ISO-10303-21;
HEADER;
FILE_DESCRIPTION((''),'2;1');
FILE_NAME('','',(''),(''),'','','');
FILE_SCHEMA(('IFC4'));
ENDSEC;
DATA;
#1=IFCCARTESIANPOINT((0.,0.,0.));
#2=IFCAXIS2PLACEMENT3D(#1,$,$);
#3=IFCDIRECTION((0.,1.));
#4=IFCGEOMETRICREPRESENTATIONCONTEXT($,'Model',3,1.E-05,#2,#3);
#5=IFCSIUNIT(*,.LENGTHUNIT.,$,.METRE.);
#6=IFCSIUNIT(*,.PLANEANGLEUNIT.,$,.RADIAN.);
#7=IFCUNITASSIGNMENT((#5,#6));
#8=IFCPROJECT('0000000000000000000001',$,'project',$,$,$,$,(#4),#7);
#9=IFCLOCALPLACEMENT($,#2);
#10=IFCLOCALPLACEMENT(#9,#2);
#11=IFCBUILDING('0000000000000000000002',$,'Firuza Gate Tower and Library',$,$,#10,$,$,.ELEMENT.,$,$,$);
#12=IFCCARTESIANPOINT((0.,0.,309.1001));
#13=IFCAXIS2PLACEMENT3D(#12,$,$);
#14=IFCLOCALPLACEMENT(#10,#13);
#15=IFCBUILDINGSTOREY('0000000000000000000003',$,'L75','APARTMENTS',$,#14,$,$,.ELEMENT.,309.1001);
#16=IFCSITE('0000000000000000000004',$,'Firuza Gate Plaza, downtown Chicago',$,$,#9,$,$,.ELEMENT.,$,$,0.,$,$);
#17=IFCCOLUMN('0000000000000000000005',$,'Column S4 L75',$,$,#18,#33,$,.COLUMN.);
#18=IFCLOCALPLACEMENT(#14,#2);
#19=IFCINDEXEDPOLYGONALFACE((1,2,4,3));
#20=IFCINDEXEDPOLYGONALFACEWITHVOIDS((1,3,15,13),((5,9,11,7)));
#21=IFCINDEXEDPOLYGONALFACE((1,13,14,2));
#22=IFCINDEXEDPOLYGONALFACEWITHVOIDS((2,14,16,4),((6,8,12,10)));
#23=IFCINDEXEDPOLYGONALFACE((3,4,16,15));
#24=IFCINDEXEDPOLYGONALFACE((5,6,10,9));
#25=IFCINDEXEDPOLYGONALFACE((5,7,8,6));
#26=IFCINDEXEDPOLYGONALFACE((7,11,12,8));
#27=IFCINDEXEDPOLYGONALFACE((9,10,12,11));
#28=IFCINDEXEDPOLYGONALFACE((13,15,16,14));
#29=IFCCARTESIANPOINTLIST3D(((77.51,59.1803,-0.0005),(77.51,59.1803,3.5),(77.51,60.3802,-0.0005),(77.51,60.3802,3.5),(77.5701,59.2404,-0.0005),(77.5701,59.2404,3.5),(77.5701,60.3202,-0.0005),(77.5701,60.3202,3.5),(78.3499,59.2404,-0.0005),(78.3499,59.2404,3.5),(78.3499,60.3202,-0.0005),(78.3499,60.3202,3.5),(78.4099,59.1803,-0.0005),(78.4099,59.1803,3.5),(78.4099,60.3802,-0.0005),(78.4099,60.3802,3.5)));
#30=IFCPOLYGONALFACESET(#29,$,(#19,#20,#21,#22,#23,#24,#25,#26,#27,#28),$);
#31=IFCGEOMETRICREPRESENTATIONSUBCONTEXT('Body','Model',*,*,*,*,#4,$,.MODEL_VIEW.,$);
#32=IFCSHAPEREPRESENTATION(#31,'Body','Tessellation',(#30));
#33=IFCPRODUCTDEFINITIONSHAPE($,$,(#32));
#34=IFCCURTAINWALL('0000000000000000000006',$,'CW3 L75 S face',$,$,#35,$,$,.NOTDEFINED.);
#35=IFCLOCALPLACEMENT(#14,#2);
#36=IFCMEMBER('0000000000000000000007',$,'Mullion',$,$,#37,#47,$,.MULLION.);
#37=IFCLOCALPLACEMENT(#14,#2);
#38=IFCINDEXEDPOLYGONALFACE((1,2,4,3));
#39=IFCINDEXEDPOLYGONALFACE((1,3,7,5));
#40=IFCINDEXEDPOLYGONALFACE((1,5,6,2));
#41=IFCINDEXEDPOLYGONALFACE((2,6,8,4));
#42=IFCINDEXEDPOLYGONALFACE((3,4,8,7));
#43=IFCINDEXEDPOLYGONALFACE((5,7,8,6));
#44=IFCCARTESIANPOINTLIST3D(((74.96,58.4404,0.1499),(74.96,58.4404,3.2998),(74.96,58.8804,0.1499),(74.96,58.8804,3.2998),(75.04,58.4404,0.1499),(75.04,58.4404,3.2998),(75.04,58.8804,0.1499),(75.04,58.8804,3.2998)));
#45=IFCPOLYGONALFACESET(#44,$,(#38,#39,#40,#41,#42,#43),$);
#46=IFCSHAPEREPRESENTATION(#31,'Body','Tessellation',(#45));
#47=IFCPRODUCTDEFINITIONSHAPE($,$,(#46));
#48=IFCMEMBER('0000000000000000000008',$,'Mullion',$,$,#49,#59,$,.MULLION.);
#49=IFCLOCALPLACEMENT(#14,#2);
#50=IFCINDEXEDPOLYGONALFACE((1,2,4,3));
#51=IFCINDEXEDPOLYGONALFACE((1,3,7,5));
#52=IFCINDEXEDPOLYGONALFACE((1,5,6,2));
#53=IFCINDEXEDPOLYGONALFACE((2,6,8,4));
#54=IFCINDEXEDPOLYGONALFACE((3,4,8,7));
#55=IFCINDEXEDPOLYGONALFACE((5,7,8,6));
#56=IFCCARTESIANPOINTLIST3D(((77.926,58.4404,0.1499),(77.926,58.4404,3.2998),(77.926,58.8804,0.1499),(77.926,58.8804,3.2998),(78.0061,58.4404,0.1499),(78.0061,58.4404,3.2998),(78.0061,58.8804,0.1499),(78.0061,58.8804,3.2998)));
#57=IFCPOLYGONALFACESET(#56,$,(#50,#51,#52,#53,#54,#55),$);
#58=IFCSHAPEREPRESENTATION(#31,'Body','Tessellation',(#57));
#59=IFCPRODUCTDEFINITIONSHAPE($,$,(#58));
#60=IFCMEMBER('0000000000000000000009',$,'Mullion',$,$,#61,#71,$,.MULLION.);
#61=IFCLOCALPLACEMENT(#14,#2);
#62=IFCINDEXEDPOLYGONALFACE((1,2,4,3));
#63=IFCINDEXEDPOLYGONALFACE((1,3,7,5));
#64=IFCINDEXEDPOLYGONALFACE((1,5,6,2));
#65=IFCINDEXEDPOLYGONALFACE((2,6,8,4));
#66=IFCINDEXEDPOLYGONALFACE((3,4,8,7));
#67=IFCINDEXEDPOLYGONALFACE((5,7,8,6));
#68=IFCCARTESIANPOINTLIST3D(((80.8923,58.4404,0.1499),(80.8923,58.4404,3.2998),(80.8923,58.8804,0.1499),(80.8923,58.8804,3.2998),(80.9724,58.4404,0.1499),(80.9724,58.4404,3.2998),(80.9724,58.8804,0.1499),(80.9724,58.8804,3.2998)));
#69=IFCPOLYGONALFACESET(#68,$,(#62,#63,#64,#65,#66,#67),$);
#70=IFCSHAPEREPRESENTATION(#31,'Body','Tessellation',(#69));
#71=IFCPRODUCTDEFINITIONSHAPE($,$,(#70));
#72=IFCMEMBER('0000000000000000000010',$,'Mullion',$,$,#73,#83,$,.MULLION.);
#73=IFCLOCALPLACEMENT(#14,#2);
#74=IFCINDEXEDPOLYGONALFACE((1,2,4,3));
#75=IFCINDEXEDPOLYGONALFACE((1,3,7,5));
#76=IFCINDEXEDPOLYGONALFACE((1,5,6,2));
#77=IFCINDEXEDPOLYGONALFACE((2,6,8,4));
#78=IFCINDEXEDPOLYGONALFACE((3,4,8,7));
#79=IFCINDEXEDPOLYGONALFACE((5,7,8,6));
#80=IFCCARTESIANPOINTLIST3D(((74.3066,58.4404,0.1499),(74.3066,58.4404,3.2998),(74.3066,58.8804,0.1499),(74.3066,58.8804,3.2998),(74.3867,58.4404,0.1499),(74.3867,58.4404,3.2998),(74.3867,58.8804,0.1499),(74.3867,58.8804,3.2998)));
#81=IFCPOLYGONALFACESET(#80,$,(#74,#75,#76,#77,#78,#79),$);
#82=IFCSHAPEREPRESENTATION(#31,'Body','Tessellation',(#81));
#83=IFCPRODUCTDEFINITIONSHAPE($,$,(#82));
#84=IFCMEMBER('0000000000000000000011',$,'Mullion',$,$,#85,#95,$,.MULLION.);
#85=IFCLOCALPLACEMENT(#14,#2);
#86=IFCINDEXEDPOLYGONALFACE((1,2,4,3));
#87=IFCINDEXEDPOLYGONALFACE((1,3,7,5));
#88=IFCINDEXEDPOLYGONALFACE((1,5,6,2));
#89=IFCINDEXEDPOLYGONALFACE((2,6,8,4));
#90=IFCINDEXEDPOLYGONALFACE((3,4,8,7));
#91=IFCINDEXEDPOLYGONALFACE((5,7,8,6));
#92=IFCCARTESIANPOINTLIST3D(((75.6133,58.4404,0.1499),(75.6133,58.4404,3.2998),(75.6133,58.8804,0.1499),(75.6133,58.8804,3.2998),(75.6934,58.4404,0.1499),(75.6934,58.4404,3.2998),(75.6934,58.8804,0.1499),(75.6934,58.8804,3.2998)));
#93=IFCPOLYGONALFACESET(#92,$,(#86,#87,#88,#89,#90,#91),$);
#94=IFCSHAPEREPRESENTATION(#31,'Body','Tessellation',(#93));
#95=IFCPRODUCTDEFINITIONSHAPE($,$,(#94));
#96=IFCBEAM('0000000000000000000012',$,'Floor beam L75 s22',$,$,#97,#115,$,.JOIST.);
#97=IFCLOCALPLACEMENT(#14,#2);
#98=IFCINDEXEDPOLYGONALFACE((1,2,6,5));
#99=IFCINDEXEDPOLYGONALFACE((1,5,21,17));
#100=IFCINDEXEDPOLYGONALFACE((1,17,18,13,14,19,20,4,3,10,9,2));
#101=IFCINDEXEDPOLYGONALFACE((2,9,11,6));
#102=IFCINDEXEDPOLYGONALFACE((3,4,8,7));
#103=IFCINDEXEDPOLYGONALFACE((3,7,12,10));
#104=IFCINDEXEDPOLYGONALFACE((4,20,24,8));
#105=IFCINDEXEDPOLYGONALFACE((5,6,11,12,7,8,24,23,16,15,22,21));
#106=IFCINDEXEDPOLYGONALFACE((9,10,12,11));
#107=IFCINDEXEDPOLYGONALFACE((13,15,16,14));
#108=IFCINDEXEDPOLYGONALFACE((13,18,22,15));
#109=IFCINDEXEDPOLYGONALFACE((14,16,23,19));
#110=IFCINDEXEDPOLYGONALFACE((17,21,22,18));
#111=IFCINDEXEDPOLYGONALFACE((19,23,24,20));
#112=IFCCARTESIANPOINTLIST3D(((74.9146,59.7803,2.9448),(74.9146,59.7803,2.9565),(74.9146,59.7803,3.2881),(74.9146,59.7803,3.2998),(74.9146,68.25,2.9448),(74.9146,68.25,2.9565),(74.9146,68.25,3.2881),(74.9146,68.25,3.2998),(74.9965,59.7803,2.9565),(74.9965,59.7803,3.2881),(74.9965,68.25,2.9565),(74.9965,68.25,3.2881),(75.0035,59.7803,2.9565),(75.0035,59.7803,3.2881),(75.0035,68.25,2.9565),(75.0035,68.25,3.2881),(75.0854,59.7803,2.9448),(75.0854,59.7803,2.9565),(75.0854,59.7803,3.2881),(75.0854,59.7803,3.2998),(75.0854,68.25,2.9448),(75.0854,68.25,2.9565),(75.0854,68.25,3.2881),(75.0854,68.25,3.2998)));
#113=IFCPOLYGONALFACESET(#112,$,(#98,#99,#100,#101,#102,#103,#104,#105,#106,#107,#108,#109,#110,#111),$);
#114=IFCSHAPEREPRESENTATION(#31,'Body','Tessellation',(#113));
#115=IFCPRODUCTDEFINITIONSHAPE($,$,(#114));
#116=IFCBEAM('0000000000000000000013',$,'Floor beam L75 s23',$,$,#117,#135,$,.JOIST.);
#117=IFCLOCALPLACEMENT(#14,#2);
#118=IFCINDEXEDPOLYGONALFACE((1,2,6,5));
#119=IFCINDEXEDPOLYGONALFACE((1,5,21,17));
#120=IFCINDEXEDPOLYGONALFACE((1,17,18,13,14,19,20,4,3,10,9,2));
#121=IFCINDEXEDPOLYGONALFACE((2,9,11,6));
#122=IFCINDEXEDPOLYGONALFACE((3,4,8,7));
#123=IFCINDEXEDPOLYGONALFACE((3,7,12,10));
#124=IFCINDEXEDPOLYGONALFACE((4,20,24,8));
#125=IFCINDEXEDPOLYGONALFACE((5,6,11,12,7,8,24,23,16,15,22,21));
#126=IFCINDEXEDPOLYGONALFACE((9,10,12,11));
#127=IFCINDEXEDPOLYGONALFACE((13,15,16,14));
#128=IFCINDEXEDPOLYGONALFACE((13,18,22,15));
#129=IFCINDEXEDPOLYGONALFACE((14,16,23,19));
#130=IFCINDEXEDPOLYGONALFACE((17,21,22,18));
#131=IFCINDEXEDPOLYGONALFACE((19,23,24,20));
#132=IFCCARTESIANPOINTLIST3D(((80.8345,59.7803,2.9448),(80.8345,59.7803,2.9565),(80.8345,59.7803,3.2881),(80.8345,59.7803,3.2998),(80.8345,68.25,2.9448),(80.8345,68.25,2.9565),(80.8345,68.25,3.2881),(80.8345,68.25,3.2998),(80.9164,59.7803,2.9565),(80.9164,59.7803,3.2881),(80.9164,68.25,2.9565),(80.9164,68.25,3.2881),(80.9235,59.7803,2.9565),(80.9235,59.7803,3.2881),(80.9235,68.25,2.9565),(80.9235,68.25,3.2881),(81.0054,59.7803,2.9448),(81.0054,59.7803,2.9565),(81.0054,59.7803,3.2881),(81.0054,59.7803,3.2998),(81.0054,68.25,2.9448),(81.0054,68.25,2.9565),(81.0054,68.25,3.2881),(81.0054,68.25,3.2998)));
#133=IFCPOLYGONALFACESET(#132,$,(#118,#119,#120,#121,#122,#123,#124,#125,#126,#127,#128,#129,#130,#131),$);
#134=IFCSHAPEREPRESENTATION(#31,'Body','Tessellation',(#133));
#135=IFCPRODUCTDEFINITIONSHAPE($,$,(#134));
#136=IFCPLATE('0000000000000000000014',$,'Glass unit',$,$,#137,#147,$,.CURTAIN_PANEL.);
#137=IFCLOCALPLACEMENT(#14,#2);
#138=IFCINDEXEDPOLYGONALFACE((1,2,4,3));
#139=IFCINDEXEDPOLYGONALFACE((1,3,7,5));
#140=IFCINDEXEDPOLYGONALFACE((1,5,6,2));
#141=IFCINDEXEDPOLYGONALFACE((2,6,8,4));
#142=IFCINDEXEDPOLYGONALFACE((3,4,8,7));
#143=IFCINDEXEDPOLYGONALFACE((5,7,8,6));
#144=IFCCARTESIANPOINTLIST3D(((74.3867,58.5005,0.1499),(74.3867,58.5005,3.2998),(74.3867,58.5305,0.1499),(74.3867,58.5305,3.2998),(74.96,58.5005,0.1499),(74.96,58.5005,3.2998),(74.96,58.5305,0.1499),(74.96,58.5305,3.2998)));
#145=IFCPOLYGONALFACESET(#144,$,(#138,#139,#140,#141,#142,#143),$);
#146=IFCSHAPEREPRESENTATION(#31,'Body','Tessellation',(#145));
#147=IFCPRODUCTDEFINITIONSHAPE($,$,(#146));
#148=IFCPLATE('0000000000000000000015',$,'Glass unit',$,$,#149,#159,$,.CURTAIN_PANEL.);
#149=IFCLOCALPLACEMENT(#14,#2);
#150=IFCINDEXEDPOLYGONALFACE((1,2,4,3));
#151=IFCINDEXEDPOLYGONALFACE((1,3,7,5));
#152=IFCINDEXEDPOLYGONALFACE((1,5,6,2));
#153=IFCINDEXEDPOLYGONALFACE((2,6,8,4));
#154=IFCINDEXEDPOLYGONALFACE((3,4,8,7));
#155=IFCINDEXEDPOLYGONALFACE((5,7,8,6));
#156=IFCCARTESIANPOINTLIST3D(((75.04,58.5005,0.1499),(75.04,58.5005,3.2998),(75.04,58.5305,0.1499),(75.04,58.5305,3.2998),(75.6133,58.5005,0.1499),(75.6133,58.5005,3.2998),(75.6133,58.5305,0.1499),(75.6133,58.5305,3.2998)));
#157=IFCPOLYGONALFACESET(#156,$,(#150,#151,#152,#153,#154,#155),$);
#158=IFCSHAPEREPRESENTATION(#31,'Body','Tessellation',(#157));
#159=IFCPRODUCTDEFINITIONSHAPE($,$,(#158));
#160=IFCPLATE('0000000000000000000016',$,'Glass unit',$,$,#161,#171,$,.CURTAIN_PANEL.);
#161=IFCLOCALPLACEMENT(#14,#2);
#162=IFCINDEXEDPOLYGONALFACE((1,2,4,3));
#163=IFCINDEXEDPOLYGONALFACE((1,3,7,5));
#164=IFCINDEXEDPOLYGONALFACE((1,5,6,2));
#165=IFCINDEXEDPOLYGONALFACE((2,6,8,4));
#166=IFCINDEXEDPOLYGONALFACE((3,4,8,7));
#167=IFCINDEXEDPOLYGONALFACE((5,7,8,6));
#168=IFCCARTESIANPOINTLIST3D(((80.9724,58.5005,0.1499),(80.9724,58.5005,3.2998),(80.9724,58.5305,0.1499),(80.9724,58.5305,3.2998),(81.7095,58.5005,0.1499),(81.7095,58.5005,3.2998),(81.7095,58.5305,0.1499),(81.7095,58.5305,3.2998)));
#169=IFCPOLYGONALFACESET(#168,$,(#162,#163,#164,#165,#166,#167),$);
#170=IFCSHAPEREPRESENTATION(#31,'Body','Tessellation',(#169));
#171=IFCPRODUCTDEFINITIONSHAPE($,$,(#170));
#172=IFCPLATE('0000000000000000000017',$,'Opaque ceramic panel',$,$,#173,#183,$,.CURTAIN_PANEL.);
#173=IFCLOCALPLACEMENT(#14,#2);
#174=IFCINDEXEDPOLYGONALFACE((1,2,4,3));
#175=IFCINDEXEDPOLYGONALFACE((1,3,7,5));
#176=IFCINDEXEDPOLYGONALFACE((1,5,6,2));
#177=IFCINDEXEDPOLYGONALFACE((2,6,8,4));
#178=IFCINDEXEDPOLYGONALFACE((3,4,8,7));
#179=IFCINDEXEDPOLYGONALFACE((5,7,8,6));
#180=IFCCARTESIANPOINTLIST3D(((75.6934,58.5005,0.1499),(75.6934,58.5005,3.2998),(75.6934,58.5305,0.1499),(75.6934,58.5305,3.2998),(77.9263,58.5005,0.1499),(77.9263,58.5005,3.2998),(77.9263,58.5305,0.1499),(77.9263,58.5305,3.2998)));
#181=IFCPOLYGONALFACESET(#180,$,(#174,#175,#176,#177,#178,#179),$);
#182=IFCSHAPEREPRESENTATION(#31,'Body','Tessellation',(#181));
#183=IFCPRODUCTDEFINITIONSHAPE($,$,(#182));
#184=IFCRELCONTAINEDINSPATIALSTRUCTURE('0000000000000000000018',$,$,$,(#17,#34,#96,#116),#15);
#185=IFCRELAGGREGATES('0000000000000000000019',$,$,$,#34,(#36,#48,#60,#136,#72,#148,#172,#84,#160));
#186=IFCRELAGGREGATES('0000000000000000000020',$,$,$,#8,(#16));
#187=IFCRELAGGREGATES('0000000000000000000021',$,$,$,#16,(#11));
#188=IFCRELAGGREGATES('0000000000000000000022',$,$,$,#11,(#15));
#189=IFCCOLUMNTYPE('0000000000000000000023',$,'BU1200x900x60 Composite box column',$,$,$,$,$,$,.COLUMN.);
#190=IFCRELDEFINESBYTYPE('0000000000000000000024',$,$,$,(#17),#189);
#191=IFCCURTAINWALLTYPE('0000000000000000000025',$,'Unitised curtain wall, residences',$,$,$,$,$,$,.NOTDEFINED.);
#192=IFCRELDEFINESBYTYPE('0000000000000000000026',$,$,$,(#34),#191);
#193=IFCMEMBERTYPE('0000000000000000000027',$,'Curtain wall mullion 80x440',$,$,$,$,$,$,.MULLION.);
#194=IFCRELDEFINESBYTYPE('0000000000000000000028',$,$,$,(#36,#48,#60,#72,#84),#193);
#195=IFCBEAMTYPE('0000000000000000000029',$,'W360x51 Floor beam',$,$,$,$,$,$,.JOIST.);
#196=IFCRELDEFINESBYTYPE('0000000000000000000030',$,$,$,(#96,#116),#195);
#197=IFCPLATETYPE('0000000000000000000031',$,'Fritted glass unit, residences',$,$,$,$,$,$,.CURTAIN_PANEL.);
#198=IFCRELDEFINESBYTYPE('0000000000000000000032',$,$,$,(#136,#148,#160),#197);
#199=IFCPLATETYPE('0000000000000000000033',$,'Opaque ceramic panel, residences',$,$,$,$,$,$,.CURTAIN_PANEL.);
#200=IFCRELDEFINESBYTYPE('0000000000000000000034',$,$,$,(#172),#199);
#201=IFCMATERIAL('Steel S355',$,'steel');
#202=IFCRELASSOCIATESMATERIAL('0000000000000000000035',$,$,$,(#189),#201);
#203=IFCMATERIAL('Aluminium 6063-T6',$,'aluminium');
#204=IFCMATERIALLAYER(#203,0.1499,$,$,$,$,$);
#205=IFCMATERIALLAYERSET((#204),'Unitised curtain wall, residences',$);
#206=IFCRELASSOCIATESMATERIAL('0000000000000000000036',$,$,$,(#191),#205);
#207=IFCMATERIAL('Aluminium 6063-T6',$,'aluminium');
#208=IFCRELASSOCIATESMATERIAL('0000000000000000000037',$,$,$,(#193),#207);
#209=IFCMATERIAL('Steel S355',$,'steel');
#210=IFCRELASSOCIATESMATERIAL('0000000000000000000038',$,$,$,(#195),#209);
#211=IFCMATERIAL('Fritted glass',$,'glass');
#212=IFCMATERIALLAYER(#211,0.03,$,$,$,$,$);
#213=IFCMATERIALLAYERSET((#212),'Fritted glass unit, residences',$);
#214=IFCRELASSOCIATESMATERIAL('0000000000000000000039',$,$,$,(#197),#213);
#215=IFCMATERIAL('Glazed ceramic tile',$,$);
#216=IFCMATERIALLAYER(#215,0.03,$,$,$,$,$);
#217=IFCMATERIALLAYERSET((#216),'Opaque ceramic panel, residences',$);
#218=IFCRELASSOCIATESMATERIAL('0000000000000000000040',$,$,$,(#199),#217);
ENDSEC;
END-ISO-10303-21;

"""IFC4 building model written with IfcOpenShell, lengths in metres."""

from ifc_helpers import new_model, si_unit, direction, frame, origin, origin_2d, place, context, subcontext, project, spatial, polyline, rectangle, hollow_rectangle, i_section, outline, extrude, material, layer, layer_set, material_profile, profile_set, type_object, element, aggregate, save


model = new_model("IFC4")

# Units and contexts
model_context = context("Model", 3, precision=1e-05, world=origin(), true_north=direction((0.0, 1.0)))
body_context = subcontext(model_context, "Body", "Model", "MODEL_VIEW")
ifc_project = project(units=[si_unit("LENGTHUNIT", "METRE"), si_unit("PLANEANGLEUNIT", "RADIAN")], contexts=[model_context])

# Site, building, storey
site_placement = place(None, origin())
site = spatial("IfcSite", under=ifc_project, at=site_placement, Name="Firuza Gate Plaza, downtown Chicago", CompositionType="ELEMENT", RefElevation=0.0)
building_placement = place(site_placement, origin())
building = spatial("IfcBuilding", under=site, at=building_placement, Name="Firuza Gate Tower and Library", CompositionType="ELEMENT")
storey_placement = place(building_placement, frame((0.0, 0.0, 309.1001)))
storey = spatial("IfcBuildingStorey", under=building, at=storey_placement, Name="L75", Description="APARTMENTS", CompositionType="ELEMENT", Elevation=309.1001)

# Column
ifc_material_1 = material(Name="Steel S355", Category="steel")
ifc_material_profile_1 = material_profile(ifc_material_1, hollow_rectangle(XDim=0.8999, YDim=1.2, WallThickness=0.0601, at=origin_2d()))
ifc_profile_set_1 = profile_set([ifc_material_profile_1], Name="Steel S355")
column_type = type_object("IfcColumnType", Name="BU1200x900x60 Composite box column", PredefinedType="COLUMN", material=ifc_profile_set_1)
column_placement = place(storey_placement, frame((77.96, 59.7803, -0.0005), z_axis=(0.0, 0.0, 1.0), x_axis=(1.0, 0.0, 0.0)))
element("IfcColumn", 1, at=column_placement, inside=storey, type_object=column_type, Name="Column S4 L75", PredefinedType="COLUMN", context=body_context, shape_type="SweptSolid", body=[
    extrude(hollow_rectangle(XDim=0.8999, YDim=1.2, WallThickness=0.0601, at=origin_2d()), origin(), (0.0, 0.0, 1.0), 3.5005),
])

# Curtain wall, members
ifc_material_2 = material(Name="Aluminium 6063-T6", Category="aluminium")
ifc_layer_1 = layer(ifc_material_2, 0.1499)
ifc_layer_set_1 = layer_set([ifc_layer_1], Name="Unitised curtain wall, residences")
curtain_wall_type = type_object("IfcCurtainWallType", Name="Unitised curtain wall, residences", PredefinedType="NOTDEFINED", material=ifc_layer_set_1)
curtain_wall_placement = place(storey_placement, origin())
curtain_wall = element("IfcCurtainWall", 2, at=curtain_wall_placement, inside=storey, type_object=curtain_wall_type, Name="CW3 L75 S face", PredefinedType="NOTDEFINED")
ifc_material_3 = material(Name="Aluminium 6063-T6", Category="aluminium")
ifc_material_profile_2 = material_profile(ifc_material_3, rectangle(XDim=0.4399, YDim=0.0801, at=origin_2d()))
ifc_profile_set_2 = profile_set([ifc_material_profile_2], Name="Aluminium 6063-T6")
member_type = type_object("IfcMemberType", Name="Curtain wall mullion 80x440", PredefinedType="MULLION", material=ifc_profile_set_2)
member_1_placement = place(storey_placement, frame((75.0, 58.6604, 0.1499), z_axis=(0.0, 0.0, 1.0), x_axis=(0.0, 1.0, 0.0)))
member_1 = element("IfcMember", 3, at=member_1_placement, type_object=member_type, Name="Mullion", PredefinedType="MULLION", context=body_context, shape_type="SweptSolid", body=[
    extrude(rectangle(XDim=0.4399, YDim=0.0801, at=origin_2d()), origin(), (0.0, 0.0, 1.0), 3.1499),
])
member_2_placement = place(storey_placement, frame((77.9661, 58.6604, 0.1499), z_axis=(0.0, 0.0, 1.0), x_axis=(0.0, 1.0, 0.0)))
member_2 = element("IfcMember", 4, at=member_2_placement, type_object=member_type, Name="Mullion", PredefinedType="MULLION", context=body_context, shape_type="SweptSolid", body=[
    extrude(rectangle(XDim=0.4399, YDim=0.0801, at=origin_2d()), origin(), (0.0, 0.0, 1.0), 3.1499),
])
member_3_placement = place(storey_placement, frame((80.9324, 58.6604, 0.1499), z_axis=(0.0, 0.0, 1.0), x_axis=(0.0, 1.0, 0.0)))
member_3 = element("IfcMember", 5, at=member_3_placement, type_object=member_type, Name="Mullion", PredefinedType="MULLION", context=body_context, shape_type="SweptSolid", body=[
    extrude(rectangle(XDim=0.4399, YDim=0.0801, at=origin_2d()), origin(), (0.0, 0.0, 1.0), 3.1499),
])
member_4_placement = place(storey_placement, frame((74.3467, 58.6604, 0.1499), z_axis=(0.0, 0.0, 1.0), x_axis=(0.0, 1.0, 0.0)))
member_4 = element("IfcMember", 6, at=member_4_placement, type_object=member_type, Name="Mullion", PredefinedType="MULLION", context=body_context, shape_type="SweptSolid", body=[
    extrude(rectangle(XDim=0.4399, YDim=0.0801, at=origin_2d()), origin(), (0.0, 0.0, 1.0), 3.1499),
])
member_5_placement = place(storey_placement, frame((75.6533, 58.6604, 0.1499), z_axis=(0.0, 0.0, 1.0), x_axis=(0.0, 1.0, 0.0)))
member_5 = element("IfcMember", 7, at=member_5_placement, type_object=member_type, Name="Mullion", PredefinedType="MULLION", context=body_context, shape_type="SweptSolid", body=[
    extrude(rectangle(XDim=0.4399, YDim=0.0801, at=origin_2d()), origin(), (0.0, 0.0, 1.0), 3.1499),
])

# Beams
ifc_material_4 = material(Name="Steel S355", Category="steel")
ifc_material_profile_3 = material_profile(ifc_material_4, i_section(OverallWidth=0.1709, OverallDepth=0.355, WebThickness=0.0071, FlangeThickness=0.0117, at=origin_2d()))
ifc_profile_set_3 = profile_set([ifc_material_profile_3], Name="Steel S355")
beam_type = type_object("IfcBeamType", Name="W360x51 Floor beam", PredefinedType="JOIST", material=ifc_profile_set_3)
for number, where, z_axis, x_axis, name in (
    (8, (75.0, 59.7803, 3.1223), (0.0, 1.0, 0.0), (-1.0, 0.0, 0.0), "Floor beam L75 s22"),
    (9, (80.9199, 59.7803, 3.1223), (0.0, 1.0, 0.0), (-1.0, 0.0, 0.0), "Floor beam L75 s23"),
):
    element("IfcBeam", number, at=place(storey_placement, frame(where, z_axis=z_axis, x_axis=x_axis)), inside=storey, type_object=beam_type, Name=name, PredefinedType="JOIST", context=body_context, shape_type="SweptSolid", body=[
        extrude(i_section(OverallWidth=0.1709, OverallDepth=0.355, WebThickness=0.0071, FlangeThickness=0.0117, at=origin_2d()), origin(), (0.0, 0.0, 1.0), 8.4697),
    ])

# Plates
ifc_material_5 = material(Name="Fritted glass", Category="glass")
ifc_layer_2 = layer(ifc_material_5, 0.03)
ifc_layer_set_2 = layer_set([ifc_layer_2], Name="Fritted glass unit, residences")
plate_type_1 = type_object("IfcPlateType", Name="Fritted glass unit, residences", PredefinedType="CURTAIN_PANEL", material=ifc_layer_set_2)
plate_1_placement = place(storey_placement, frame((74.3867, 58.5005, 0.1499), z_axis=(0.0, -1.0, 0.0), x_axis=(1.0, 0.0, 0.0)))
plate_1 = element("IfcPlate", 10, at=plate_1_placement, type_object=plate_type_1, Name="Glass unit", PredefinedType="CURTAIN_PANEL", context=body_context, shape_type="SweptSolid", body=[
    extrude(outline(polyline([(0.0, 0.0), (0.5732, 0.0), (0.5732, 3.1499), (0.0, 3.1499), (0.0, 0.0)])), origin(), (0.0, 0.0, -1.0), 0.03),
])
plate_2_placement = place(storey_placement, frame((75.04, 58.5005, 0.1499), z_axis=(0.0, -1.0, 0.0), x_axis=(1.0, 0.0, 0.0)))
plate_2 = element("IfcPlate", 11, at=plate_2_placement, type_object=plate_type_1, Name="Glass unit", PredefinedType="CURTAIN_PANEL", context=body_context, shape_type="SweptSolid", body=[
    extrude(outline(polyline([(0.0, 0.0), (0.5732, 0.0), (0.5732, 3.1499), (0.0, 3.1499), (0.0, 0.0)])), origin(), (0.0, 0.0, -1.0), 0.03),
])
plate_3_placement = place(storey_placement, frame((80.9724, 58.5005, 0.1499), z_axis=(0.0, -1.0, 0.0), x_axis=(1.0, 0.0, 0.0)))
plate_3 = element("IfcPlate", 12, at=plate_3_placement, type_object=plate_type_1, Name="Glass unit", PredefinedType="CURTAIN_PANEL", context=body_context, shape_type="SweptSolid", body=[
    extrude(outline(polyline([(0.0, 0.0), (0.7371, 0.0), (0.7371, 3.1499), (0.0, 3.1499), (0.0, 0.0)])), origin(), (0.0, 0.0, -1.0), 0.03),
])
ifc_material_6 = material(Name="Glazed ceramic tile")
ifc_layer_3 = layer(ifc_material_6, 0.03)
ifc_layer_set_3 = layer_set([ifc_layer_3], Name="Opaque ceramic panel, residences")
plate_type_2 = type_object("IfcPlateType", Name="Opaque ceramic panel, residences", PredefinedType="CURTAIN_PANEL", material=ifc_layer_set_3)
plate_4_placement = place(storey_placement, frame((75.6934, 58.5005, 0.1499), z_axis=(0.0, -1.0, 0.0), x_axis=(1.0, 0.0, 0.0)))
plate_4 = element("IfcPlate", 13, at=plate_4_placement, type_object=plate_type_2, Name="Opaque ceramic panel", PredefinedType="CURTAIN_PANEL", context=body_context, shape_type="SweptSolid", body=[
    extrude(outline(polyline([(0.0, 0.0), (2.2329, 0.0), (2.2329, 3.1499), (0.0, 3.1499), (0.0, 0.0)])), origin(), (0.0, 0.0, -1.0), 0.03),
])
aggregate(curtain_wall, [member_1, member_2, member_3, plate_1, member_4, plate_2, plate_4, member_5, plate_3])

save(model, "model.ifc")
